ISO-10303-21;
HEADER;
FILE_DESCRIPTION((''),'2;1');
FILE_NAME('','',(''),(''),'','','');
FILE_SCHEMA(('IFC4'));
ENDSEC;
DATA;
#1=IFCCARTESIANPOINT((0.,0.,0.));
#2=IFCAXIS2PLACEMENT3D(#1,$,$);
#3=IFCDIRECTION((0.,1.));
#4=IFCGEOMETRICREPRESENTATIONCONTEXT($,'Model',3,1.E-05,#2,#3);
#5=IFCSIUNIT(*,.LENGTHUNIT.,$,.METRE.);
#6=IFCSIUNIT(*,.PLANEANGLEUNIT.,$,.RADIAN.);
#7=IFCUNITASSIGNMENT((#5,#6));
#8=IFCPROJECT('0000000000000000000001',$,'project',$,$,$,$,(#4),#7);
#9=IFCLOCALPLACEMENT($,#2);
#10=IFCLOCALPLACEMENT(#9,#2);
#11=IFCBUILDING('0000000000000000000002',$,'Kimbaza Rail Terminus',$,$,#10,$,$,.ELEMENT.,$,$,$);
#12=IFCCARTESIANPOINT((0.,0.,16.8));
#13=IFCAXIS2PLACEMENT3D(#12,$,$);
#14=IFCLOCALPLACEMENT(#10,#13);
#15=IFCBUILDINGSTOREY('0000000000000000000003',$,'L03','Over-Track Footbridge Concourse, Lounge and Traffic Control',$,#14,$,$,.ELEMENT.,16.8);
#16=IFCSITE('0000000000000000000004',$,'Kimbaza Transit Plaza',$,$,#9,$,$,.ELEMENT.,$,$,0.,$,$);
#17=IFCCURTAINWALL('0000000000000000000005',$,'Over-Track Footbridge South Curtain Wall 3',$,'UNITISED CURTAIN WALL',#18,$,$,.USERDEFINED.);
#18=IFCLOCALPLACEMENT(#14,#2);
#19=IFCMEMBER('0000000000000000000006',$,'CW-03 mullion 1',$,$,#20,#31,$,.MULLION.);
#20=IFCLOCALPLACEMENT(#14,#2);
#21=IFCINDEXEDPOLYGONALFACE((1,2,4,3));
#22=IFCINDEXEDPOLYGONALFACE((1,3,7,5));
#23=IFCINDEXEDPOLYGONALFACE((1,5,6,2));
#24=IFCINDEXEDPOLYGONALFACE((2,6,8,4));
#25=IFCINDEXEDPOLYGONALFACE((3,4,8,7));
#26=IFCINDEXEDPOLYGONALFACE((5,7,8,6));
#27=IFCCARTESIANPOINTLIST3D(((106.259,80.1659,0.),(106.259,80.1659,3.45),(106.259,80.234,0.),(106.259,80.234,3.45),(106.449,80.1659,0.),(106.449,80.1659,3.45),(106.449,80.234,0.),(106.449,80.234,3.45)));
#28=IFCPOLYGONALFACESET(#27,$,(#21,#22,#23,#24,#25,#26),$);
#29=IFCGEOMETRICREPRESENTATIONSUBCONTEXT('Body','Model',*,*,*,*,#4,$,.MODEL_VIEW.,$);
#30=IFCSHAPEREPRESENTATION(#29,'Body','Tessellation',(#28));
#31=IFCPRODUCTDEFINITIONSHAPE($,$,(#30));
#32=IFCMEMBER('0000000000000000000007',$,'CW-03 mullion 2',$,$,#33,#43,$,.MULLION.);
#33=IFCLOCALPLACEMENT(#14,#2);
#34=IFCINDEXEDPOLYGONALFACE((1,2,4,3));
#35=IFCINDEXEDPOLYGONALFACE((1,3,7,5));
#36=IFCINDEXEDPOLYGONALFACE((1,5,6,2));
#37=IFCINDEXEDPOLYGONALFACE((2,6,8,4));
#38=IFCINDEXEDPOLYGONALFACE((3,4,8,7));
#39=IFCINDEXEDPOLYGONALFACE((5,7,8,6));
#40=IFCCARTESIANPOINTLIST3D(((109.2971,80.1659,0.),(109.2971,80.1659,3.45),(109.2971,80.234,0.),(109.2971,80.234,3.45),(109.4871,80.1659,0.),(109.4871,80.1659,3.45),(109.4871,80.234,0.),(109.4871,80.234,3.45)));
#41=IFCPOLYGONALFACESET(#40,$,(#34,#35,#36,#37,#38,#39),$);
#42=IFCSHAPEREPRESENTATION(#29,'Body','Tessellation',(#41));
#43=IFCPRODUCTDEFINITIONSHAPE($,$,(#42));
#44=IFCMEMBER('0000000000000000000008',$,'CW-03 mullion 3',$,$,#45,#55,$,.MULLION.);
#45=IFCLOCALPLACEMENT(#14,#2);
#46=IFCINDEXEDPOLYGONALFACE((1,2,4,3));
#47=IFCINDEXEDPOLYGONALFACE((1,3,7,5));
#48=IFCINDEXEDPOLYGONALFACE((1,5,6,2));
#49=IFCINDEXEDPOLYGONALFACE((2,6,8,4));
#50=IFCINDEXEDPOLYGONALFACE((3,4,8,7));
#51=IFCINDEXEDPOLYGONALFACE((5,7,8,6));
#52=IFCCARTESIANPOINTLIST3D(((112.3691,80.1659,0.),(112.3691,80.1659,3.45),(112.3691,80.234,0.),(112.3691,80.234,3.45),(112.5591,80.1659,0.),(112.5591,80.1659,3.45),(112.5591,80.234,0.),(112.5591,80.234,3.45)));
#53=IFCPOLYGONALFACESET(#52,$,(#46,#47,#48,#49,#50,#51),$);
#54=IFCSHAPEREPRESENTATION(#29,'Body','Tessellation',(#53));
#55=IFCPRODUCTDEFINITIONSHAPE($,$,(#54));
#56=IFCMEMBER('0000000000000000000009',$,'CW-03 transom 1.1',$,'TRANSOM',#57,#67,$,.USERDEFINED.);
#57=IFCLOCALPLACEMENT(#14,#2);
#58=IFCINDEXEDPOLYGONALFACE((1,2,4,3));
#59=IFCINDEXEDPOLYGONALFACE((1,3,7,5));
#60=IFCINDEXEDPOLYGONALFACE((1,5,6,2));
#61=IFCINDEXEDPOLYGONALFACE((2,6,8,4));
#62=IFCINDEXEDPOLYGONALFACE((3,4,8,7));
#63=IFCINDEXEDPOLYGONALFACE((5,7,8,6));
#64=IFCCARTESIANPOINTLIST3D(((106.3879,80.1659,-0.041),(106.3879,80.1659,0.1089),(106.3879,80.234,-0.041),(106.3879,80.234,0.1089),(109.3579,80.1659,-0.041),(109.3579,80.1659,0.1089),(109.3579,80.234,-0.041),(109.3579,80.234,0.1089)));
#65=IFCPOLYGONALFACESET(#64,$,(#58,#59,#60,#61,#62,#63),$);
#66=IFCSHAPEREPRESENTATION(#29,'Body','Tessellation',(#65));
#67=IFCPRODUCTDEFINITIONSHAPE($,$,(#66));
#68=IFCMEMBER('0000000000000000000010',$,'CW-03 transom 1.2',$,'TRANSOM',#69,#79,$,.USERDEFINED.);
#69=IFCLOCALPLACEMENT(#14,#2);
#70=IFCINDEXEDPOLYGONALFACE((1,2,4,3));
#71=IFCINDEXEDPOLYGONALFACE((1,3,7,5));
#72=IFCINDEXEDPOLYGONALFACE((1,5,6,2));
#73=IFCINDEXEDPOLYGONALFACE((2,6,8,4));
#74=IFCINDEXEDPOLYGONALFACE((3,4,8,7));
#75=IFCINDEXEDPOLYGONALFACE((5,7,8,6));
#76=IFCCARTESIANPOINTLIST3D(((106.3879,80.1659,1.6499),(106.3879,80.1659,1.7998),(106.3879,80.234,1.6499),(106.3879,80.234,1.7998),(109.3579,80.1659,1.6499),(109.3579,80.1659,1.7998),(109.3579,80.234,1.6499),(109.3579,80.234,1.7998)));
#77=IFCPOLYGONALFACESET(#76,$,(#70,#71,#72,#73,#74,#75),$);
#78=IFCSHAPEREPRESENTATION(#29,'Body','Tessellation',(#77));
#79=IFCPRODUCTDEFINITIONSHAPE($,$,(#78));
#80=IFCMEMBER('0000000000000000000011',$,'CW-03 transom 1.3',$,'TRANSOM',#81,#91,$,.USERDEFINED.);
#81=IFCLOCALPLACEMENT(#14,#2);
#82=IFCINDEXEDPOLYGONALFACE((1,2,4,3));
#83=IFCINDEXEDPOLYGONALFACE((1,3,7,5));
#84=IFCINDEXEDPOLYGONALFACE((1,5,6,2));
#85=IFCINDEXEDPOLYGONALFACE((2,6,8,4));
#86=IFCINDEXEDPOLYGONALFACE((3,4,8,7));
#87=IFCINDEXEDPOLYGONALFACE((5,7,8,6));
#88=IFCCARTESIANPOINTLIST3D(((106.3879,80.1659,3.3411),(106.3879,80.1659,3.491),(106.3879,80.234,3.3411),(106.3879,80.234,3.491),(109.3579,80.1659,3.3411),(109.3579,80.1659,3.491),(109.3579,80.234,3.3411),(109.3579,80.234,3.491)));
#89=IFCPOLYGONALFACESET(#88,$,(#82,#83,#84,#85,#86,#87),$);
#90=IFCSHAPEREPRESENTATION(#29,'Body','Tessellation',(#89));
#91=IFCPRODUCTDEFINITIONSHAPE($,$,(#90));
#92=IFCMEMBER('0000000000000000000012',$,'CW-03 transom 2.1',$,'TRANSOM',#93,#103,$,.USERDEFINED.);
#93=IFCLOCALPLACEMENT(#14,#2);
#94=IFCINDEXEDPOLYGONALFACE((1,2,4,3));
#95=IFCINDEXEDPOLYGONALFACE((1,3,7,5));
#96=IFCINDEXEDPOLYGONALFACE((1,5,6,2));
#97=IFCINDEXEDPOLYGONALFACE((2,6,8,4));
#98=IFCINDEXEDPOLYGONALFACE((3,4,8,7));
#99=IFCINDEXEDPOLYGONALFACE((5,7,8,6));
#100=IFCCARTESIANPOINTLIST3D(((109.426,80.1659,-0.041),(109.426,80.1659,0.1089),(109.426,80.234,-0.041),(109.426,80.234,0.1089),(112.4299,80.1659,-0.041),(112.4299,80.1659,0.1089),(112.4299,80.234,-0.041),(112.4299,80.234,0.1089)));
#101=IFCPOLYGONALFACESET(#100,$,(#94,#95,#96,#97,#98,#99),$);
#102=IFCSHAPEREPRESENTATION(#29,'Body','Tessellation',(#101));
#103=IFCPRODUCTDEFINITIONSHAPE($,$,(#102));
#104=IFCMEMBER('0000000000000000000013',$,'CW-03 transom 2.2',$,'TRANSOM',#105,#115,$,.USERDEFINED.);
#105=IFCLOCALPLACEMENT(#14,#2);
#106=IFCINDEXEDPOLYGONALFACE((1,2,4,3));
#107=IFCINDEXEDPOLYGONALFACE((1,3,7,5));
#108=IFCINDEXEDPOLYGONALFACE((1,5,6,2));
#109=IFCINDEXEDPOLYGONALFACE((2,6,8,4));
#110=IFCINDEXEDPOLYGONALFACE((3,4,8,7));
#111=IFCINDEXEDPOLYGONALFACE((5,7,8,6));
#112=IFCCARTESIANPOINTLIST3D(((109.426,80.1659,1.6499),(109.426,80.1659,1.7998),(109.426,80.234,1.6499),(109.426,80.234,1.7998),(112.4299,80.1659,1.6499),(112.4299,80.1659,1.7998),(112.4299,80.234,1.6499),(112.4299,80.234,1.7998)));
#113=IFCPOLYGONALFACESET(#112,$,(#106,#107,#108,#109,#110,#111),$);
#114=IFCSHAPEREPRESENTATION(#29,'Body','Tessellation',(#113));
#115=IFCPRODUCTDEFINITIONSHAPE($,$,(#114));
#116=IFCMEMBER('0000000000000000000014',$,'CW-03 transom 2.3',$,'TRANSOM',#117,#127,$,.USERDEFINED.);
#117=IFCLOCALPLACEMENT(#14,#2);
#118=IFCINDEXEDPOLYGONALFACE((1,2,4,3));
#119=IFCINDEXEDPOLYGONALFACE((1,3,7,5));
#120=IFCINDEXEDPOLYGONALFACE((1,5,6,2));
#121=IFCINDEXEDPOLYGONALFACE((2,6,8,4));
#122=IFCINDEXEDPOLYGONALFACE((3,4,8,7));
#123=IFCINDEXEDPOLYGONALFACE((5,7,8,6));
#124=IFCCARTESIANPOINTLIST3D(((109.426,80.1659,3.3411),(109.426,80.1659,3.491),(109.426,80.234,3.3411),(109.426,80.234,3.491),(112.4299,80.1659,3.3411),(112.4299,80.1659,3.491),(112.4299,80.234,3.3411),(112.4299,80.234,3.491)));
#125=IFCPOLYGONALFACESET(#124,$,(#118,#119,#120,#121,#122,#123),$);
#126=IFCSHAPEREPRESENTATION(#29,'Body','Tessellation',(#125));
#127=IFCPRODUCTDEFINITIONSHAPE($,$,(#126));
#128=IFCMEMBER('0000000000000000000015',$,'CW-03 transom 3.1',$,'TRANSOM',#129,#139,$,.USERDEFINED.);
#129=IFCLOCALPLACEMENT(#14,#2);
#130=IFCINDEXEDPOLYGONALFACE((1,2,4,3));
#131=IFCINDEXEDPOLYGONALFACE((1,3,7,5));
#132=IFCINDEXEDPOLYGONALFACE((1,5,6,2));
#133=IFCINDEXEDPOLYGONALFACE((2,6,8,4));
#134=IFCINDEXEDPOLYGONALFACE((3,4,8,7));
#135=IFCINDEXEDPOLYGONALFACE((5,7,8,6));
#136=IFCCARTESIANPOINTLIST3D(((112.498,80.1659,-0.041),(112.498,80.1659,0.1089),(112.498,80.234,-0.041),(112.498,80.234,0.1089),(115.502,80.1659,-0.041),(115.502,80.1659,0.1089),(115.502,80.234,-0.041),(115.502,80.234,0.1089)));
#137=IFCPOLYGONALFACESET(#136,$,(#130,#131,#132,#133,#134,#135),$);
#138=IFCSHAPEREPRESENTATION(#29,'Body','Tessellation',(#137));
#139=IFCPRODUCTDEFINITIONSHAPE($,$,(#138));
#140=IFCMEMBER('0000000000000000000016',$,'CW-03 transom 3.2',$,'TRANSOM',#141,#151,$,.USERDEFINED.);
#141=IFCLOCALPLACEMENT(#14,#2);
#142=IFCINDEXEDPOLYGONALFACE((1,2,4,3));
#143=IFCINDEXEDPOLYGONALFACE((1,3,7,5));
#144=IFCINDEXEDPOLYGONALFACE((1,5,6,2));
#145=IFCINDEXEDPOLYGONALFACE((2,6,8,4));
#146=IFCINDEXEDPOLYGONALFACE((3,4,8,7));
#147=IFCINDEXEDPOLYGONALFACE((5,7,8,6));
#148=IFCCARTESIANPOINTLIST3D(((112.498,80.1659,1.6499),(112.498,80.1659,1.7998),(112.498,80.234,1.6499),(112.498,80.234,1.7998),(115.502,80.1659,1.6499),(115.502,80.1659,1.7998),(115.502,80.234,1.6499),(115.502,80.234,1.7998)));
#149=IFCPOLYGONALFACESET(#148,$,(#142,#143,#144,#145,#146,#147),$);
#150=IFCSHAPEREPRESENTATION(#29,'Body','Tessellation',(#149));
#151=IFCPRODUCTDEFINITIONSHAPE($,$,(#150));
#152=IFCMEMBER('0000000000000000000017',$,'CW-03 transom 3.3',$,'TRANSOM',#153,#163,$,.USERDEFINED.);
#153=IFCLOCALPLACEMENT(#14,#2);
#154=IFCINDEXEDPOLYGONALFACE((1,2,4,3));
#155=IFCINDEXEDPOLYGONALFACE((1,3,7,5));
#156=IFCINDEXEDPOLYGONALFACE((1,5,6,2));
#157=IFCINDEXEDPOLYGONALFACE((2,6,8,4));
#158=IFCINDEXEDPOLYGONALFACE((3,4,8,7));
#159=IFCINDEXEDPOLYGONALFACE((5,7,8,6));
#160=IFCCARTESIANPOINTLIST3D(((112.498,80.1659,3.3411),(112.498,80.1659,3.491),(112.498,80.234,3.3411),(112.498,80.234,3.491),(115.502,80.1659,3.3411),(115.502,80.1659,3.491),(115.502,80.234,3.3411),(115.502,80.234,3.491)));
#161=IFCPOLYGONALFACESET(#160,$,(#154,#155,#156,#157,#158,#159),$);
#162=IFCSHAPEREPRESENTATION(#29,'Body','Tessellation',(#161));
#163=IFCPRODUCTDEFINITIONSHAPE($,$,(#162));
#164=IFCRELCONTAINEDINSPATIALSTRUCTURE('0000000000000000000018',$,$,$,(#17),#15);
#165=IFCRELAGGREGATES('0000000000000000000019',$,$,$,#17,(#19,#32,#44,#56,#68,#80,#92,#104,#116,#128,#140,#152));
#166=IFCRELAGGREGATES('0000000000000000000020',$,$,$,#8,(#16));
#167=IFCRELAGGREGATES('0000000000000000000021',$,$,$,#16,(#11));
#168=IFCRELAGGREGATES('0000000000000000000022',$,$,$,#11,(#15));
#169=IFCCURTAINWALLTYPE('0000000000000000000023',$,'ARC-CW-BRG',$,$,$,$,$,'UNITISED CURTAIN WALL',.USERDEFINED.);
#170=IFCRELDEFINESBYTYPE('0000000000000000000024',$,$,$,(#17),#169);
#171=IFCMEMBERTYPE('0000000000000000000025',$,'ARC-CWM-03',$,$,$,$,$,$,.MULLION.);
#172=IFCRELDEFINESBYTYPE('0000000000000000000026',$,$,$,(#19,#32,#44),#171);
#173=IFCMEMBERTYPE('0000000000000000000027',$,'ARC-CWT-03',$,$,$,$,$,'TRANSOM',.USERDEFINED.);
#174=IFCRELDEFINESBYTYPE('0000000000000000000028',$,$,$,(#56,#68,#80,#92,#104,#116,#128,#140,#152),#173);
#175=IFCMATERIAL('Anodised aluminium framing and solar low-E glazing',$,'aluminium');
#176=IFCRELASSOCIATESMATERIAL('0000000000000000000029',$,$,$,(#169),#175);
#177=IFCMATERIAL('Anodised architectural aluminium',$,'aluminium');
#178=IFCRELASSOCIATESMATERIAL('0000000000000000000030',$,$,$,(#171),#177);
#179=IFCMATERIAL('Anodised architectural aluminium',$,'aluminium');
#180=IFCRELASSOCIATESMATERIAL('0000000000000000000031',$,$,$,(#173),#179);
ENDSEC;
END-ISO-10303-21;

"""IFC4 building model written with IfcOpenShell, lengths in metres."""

from ifc_helpers import new_model, si_unit, direction, frame, origin, origin_2d, place, context, subcontext, project, spatial, rectangle, extrude, material, material_profile, profile_set, type_object, element, aggregate, save


model = new_model("IFC4")

# Units and contexts
model_context = context("Model", 3, precision=1e-05, world=origin(), true_north=direction((0.0, 1.0)))
body_context = subcontext(model_context, "Body", "Model", "MODEL_VIEW")
ifc_project = project(units=[si_unit("LENGTHUNIT", "METRE"), si_unit("PLANEANGLEUNIT", "RADIAN")], contexts=[model_context])

# Site, building, storey
site_placement = place(None, origin())
site = spatial("IfcSite", under=ifc_project, at=site_placement, Name="Kimbaza Transit Plaza", CompositionType="ELEMENT", RefElevation=0.0)
building_placement = place(site_placement, origin())
building = spatial("IfcBuilding", under=site, at=building_placement, Name="Kimbaza Rail Terminus", CompositionType="ELEMENT")
storey_placement = place(building_placement, frame((0.0, 0.0, 16.8)))
storey = spatial("IfcBuildingStorey", under=building, at=storey_placement, Name="L03", Description="Over-Track Footbridge Concourse, Lounge and Traffic Control", CompositionType="ELEMENT", Elevation=16.8)

# Curtain wall, members
ifc_material_1 = material(Name="Anodised aluminium framing and solar low-E glazing", Category="aluminium")
curtain_wall_type = type_object("IfcCurtainWallType", Name="ARC-CW-BRG", ElementType="UNITISED CURTAIN WALL", PredefinedType="USERDEFINED", material=ifc_material_1)
curtain_wall_placement = place(storey_placement, origin())
curtain_wall = element("IfcCurtainWall", 1, at=curtain_wall_placement, inside=storey, type_object=curtain_wall_type, Name="Over-Track Footbridge South Curtain Wall 3", ObjectType="UNITISED CURTAIN WALL", PredefinedType="USERDEFINED")
ifc_material_2 = material(Name="Anodised architectural aluminium", Category="aluminium")
ifc_material_profile_1 = material_profile(ifc_material_2, rectangle(XDim=0.0681, YDim=0.1899, at=origin_2d()), Name="MULLION 68x190")
ifc_profile_set_1 = profile_set([ifc_material_profile_1], Name="Anodised architectural aluminium")
member_type_1 = type_object("IfcMemberType", Name="ARC-CWM-03", PredefinedType="MULLION", material=ifc_profile_set_1)
member_1_placement = place(storey_placement, frame((106.354, 80.2, 0.0), z_axis=(0.0, 0.0, 1.0), x_axis=(0.0, 1.0, 0.0)))
member_1 = element("IfcMember", 2, at=member_1_placement, type_object=member_type_1, Name="CW-03 mullion 1", PredefinedType="MULLION", context=body_context, shape_type="SweptSolid", body=[
    extrude(rectangle(XDim=0.0681, YDim=0.1899, at=origin_2d()), origin(), (0.0, 0.0, 1.0), 3.45),
])
member_2_placement = place(storey_placement, frame((109.3921, 80.2, 0.0), z_axis=(0.0, 0.0, 1.0), x_axis=(0.0, 1.0, 0.0)))
member_2 = element("IfcMember", 3, at=member_2_placement, type_object=member_type_1, Name="CW-03 mullion 2", PredefinedType="MULLION", context=body_context, shape_type="SweptSolid", body=[
    extrude(rectangle(XDim=0.0681, YDim=0.1899, at=origin_2d()), origin(), (0.0, 0.0, 1.0), 3.45),
])
member_3_placement = place(storey_placement, frame((112.4641, 80.2, 0.0), z_axis=(0.0, 0.0, 1.0), x_axis=(0.0, 1.0, 0.0)))
member_3 = element("IfcMember", 4, at=member_3_placement, type_object=member_type_1, Name="CW-03 mullion 3", PredefinedType="MULLION", context=body_context, shape_type="SweptSolid", body=[
    extrude(rectangle(XDim=0.0681, YDim=0.1899, at=origin_2d()), origin(), (0.0, 0.0, 1.0), 3.45),
])
ifc_material_3 = material(Name="Anodised architectural aluminium", Category="aluminium")
ifc_material_profile_2 = material_profile(ifc_material_3, rectangle(XDim=0.0681, YDim=0.1499, at=origin_2d()), Name="TRANSOM 68x150")
ifc_profile_set_2 = profile_set([ifc_material_profile_2], Name="Anodised architectural aluminium")
member_type_2 = type_object("IfcMemberType", Name="ARC-CWT-03", ElementType="TRANSOM", PredefinedType="USERDEFINED", material=ifc_profile_set_2)
member_4_placement = place(storey_placement, frame((106.3879, 80.2, 0.0339), z_axis=(1.0, 0.0, 0.0), x_axis=(0.0, 1.0, 0.0)))
member_4 = element("IfcMember", 5, at=member_4_placement, type_object=member_type_2, Name="CW-03 transom 1.1", ObjectType="TRANSOM", PredefinedType="USERDEFINED", context=body_context, shape_type="SweptSolid", body=[
    extrude(rectangle(XDim=0.0681, YDim=0.1499, at=origin_2d()), origin(), (0.0, 0.0, 1.0), 2.97),
])
member_5_placement = place(storey_placement, frame((106.3879, 80.2, 1.7249), z_axis=(1.0, 0.0, 0.0), x_axis=(0.0, 1.0, 0.0)))
member_5 = element("IfcMember", 6, at=member_5_placement, type_object=member_type_2, Name="CW-03 transom 1.2", ObjectType="TRANSOM", PredefinedType="USERDEFINED", context=body_context, shape_type="SweptSolid", body=[
    extrude(rectangle(XDim=0.0681, YDim=0.1499, at=origin_2d()), origin(), (0.0, 0.0, 1.0), 2.97),
])
member_6_placement = place(storey_placement, frame((106.3879, 80.2, 3.416), z_axis=(1.0, 0.0, 0.0), x_axis=(0.0, 1.0, 0.0)))
member_6 = element("IfcMember", 7, at=member_6_placement, type_object=member_type_2, Name="CW-03 transom 1.3", ObjectType="TRANSOM", PredefinedType="USERDEFINED", context=body_context, shape_type="SweptSolid", body=[
    extrude(rectangle(XDim=0.0681, YDim=0.1499, at=origin_2d()), origin(), (0.0, 0.0, 1.0), 2.97),
])
member_7_placement = place(storey_placement, frame((109.426, 80.2, 0.0339), z_axis=(1.0, 0.0, 0.0), x_axis=(0.0, 1.0, 0.0)))
member_7 = element("IfcMember", 8, at=member_7_placement, type_object=member_type_2, Name="CW-03 transom 2.1", ObjectType="TRANSOM", PredefinedType="USERDEFINED", context=body_context, shape_type="SweptSolid", body=[
    extrude(rectangle(XDim=0.0681, YDim=0.1499, at=origin_2d()), origin(), (0.0, 0.0, 1.0), 3.0039),
])
member_8_placement = place(storey_placement, frame((109.426, 80.2, 1.7249), z_axis=(1.0, 0.0, 0.0), x_axis=(0.0, 1.0, 0.0)))
member_8 = element("IfcMember", 9, at=member_8_placement, type_object=member_type_2, Name="CW-03 transom 2.2", ObjectType="TRANSOM", PredefinedType="USERDEFINED", context=body_context, shape_type="SweptSolid", body=[
    extrude(rectangle(XDim=0.0681, YDim=0.1499, at=origin_2d()), origin(), (0.0, 0.0, 1.0), 3.0039),
])
member_9_placement = place(storey_placement, frame((109.426, 80.2, 3.416), z_axis=(1.0, 0.0, 0.0), x_axis=(0.0, 1.0, 0.0)))
member_9 = element("IfcMember", 10, at=member_9_placement, type_object=member_type_2, Name="CW-03 transom 2.3", ObjectType="TRANSOM", PredefinedType="USERDEFINED", context=body_context, shape_type="SweptSolid", body=[
    extrude(rectangle(XDim=0.0681, YDim=0.1499, at=origin_2d()), origin(), (0.0, 0.0, 1.0), 3.0039),
])
member_10_placement = place(storey_placement, frame((112.498, 80.2, 0.0339), z_axis=(1.0, 0.0, 0.0), x_axis=(0.0, 1.0, 0.0)))
member_10 = element("IfcMember", 11, at=member_10_placement, type_object=member_type_2, Name="CW-03 transom 3.1", ObjectType="TRANSOM", PredefinedType="USERDEFINED", context=body_context, shape_type="SweptSolid", body=[
    extrude(rectangle(XDim=0.0681, YDim=0.1499, at=origin_2d()), origin(), (0.0, 0.0, 1.0), 3.0039),
])
member_11_placement = place(storey_placement, frame((112.498, 80.2, 1.7249), z_axis=(1.0, 0.0, 0.0), x_axis=(0.0, 1.0, 0.0)))
member_11 = element("IfcMember", 12, at=member_11_placement, type_object=member_type_2, Name="CW-03 transom 3.2", ObjectType="TRANSOM", PredefinedType="USERDEFINED", context=body_context, shape_type="SweptSolid", body=[
    extrude(rectangle(XDim=0.0681, YDim=0.1499, at=origin_2d()), origin(), (0.0, 0.0, 1.0), 3.0039),
])
member_12_placement = place(storey_placement, frame((112.498, 80.2, 3.416), z_axis=(1.0, 0.0, 0.0), x_axis=(0.0, 1.0, 0.0)))
member_12 = element("IfcMember", 13, at=member_12_placement, type_object=member_type_2, Name="CW-03 transom 3.3", ObjectType="TRANSOM", PredefinedType="USERDEFINED", context=body_context, shape_type="SweptSolid", body=[
    extrude(rectangle(XDim=0.0681, YDim=0.1499, at=origin_2d()), origin(), (0.0, 0.0, 1.0), 3.0039),
])

aggregate(curtain_wall, [member_1, member_2, member_3, member_4, member_5, member_6, member_7, member_8, member_9, member_10, member_11, member_12])

save(model, "model.ifc")
